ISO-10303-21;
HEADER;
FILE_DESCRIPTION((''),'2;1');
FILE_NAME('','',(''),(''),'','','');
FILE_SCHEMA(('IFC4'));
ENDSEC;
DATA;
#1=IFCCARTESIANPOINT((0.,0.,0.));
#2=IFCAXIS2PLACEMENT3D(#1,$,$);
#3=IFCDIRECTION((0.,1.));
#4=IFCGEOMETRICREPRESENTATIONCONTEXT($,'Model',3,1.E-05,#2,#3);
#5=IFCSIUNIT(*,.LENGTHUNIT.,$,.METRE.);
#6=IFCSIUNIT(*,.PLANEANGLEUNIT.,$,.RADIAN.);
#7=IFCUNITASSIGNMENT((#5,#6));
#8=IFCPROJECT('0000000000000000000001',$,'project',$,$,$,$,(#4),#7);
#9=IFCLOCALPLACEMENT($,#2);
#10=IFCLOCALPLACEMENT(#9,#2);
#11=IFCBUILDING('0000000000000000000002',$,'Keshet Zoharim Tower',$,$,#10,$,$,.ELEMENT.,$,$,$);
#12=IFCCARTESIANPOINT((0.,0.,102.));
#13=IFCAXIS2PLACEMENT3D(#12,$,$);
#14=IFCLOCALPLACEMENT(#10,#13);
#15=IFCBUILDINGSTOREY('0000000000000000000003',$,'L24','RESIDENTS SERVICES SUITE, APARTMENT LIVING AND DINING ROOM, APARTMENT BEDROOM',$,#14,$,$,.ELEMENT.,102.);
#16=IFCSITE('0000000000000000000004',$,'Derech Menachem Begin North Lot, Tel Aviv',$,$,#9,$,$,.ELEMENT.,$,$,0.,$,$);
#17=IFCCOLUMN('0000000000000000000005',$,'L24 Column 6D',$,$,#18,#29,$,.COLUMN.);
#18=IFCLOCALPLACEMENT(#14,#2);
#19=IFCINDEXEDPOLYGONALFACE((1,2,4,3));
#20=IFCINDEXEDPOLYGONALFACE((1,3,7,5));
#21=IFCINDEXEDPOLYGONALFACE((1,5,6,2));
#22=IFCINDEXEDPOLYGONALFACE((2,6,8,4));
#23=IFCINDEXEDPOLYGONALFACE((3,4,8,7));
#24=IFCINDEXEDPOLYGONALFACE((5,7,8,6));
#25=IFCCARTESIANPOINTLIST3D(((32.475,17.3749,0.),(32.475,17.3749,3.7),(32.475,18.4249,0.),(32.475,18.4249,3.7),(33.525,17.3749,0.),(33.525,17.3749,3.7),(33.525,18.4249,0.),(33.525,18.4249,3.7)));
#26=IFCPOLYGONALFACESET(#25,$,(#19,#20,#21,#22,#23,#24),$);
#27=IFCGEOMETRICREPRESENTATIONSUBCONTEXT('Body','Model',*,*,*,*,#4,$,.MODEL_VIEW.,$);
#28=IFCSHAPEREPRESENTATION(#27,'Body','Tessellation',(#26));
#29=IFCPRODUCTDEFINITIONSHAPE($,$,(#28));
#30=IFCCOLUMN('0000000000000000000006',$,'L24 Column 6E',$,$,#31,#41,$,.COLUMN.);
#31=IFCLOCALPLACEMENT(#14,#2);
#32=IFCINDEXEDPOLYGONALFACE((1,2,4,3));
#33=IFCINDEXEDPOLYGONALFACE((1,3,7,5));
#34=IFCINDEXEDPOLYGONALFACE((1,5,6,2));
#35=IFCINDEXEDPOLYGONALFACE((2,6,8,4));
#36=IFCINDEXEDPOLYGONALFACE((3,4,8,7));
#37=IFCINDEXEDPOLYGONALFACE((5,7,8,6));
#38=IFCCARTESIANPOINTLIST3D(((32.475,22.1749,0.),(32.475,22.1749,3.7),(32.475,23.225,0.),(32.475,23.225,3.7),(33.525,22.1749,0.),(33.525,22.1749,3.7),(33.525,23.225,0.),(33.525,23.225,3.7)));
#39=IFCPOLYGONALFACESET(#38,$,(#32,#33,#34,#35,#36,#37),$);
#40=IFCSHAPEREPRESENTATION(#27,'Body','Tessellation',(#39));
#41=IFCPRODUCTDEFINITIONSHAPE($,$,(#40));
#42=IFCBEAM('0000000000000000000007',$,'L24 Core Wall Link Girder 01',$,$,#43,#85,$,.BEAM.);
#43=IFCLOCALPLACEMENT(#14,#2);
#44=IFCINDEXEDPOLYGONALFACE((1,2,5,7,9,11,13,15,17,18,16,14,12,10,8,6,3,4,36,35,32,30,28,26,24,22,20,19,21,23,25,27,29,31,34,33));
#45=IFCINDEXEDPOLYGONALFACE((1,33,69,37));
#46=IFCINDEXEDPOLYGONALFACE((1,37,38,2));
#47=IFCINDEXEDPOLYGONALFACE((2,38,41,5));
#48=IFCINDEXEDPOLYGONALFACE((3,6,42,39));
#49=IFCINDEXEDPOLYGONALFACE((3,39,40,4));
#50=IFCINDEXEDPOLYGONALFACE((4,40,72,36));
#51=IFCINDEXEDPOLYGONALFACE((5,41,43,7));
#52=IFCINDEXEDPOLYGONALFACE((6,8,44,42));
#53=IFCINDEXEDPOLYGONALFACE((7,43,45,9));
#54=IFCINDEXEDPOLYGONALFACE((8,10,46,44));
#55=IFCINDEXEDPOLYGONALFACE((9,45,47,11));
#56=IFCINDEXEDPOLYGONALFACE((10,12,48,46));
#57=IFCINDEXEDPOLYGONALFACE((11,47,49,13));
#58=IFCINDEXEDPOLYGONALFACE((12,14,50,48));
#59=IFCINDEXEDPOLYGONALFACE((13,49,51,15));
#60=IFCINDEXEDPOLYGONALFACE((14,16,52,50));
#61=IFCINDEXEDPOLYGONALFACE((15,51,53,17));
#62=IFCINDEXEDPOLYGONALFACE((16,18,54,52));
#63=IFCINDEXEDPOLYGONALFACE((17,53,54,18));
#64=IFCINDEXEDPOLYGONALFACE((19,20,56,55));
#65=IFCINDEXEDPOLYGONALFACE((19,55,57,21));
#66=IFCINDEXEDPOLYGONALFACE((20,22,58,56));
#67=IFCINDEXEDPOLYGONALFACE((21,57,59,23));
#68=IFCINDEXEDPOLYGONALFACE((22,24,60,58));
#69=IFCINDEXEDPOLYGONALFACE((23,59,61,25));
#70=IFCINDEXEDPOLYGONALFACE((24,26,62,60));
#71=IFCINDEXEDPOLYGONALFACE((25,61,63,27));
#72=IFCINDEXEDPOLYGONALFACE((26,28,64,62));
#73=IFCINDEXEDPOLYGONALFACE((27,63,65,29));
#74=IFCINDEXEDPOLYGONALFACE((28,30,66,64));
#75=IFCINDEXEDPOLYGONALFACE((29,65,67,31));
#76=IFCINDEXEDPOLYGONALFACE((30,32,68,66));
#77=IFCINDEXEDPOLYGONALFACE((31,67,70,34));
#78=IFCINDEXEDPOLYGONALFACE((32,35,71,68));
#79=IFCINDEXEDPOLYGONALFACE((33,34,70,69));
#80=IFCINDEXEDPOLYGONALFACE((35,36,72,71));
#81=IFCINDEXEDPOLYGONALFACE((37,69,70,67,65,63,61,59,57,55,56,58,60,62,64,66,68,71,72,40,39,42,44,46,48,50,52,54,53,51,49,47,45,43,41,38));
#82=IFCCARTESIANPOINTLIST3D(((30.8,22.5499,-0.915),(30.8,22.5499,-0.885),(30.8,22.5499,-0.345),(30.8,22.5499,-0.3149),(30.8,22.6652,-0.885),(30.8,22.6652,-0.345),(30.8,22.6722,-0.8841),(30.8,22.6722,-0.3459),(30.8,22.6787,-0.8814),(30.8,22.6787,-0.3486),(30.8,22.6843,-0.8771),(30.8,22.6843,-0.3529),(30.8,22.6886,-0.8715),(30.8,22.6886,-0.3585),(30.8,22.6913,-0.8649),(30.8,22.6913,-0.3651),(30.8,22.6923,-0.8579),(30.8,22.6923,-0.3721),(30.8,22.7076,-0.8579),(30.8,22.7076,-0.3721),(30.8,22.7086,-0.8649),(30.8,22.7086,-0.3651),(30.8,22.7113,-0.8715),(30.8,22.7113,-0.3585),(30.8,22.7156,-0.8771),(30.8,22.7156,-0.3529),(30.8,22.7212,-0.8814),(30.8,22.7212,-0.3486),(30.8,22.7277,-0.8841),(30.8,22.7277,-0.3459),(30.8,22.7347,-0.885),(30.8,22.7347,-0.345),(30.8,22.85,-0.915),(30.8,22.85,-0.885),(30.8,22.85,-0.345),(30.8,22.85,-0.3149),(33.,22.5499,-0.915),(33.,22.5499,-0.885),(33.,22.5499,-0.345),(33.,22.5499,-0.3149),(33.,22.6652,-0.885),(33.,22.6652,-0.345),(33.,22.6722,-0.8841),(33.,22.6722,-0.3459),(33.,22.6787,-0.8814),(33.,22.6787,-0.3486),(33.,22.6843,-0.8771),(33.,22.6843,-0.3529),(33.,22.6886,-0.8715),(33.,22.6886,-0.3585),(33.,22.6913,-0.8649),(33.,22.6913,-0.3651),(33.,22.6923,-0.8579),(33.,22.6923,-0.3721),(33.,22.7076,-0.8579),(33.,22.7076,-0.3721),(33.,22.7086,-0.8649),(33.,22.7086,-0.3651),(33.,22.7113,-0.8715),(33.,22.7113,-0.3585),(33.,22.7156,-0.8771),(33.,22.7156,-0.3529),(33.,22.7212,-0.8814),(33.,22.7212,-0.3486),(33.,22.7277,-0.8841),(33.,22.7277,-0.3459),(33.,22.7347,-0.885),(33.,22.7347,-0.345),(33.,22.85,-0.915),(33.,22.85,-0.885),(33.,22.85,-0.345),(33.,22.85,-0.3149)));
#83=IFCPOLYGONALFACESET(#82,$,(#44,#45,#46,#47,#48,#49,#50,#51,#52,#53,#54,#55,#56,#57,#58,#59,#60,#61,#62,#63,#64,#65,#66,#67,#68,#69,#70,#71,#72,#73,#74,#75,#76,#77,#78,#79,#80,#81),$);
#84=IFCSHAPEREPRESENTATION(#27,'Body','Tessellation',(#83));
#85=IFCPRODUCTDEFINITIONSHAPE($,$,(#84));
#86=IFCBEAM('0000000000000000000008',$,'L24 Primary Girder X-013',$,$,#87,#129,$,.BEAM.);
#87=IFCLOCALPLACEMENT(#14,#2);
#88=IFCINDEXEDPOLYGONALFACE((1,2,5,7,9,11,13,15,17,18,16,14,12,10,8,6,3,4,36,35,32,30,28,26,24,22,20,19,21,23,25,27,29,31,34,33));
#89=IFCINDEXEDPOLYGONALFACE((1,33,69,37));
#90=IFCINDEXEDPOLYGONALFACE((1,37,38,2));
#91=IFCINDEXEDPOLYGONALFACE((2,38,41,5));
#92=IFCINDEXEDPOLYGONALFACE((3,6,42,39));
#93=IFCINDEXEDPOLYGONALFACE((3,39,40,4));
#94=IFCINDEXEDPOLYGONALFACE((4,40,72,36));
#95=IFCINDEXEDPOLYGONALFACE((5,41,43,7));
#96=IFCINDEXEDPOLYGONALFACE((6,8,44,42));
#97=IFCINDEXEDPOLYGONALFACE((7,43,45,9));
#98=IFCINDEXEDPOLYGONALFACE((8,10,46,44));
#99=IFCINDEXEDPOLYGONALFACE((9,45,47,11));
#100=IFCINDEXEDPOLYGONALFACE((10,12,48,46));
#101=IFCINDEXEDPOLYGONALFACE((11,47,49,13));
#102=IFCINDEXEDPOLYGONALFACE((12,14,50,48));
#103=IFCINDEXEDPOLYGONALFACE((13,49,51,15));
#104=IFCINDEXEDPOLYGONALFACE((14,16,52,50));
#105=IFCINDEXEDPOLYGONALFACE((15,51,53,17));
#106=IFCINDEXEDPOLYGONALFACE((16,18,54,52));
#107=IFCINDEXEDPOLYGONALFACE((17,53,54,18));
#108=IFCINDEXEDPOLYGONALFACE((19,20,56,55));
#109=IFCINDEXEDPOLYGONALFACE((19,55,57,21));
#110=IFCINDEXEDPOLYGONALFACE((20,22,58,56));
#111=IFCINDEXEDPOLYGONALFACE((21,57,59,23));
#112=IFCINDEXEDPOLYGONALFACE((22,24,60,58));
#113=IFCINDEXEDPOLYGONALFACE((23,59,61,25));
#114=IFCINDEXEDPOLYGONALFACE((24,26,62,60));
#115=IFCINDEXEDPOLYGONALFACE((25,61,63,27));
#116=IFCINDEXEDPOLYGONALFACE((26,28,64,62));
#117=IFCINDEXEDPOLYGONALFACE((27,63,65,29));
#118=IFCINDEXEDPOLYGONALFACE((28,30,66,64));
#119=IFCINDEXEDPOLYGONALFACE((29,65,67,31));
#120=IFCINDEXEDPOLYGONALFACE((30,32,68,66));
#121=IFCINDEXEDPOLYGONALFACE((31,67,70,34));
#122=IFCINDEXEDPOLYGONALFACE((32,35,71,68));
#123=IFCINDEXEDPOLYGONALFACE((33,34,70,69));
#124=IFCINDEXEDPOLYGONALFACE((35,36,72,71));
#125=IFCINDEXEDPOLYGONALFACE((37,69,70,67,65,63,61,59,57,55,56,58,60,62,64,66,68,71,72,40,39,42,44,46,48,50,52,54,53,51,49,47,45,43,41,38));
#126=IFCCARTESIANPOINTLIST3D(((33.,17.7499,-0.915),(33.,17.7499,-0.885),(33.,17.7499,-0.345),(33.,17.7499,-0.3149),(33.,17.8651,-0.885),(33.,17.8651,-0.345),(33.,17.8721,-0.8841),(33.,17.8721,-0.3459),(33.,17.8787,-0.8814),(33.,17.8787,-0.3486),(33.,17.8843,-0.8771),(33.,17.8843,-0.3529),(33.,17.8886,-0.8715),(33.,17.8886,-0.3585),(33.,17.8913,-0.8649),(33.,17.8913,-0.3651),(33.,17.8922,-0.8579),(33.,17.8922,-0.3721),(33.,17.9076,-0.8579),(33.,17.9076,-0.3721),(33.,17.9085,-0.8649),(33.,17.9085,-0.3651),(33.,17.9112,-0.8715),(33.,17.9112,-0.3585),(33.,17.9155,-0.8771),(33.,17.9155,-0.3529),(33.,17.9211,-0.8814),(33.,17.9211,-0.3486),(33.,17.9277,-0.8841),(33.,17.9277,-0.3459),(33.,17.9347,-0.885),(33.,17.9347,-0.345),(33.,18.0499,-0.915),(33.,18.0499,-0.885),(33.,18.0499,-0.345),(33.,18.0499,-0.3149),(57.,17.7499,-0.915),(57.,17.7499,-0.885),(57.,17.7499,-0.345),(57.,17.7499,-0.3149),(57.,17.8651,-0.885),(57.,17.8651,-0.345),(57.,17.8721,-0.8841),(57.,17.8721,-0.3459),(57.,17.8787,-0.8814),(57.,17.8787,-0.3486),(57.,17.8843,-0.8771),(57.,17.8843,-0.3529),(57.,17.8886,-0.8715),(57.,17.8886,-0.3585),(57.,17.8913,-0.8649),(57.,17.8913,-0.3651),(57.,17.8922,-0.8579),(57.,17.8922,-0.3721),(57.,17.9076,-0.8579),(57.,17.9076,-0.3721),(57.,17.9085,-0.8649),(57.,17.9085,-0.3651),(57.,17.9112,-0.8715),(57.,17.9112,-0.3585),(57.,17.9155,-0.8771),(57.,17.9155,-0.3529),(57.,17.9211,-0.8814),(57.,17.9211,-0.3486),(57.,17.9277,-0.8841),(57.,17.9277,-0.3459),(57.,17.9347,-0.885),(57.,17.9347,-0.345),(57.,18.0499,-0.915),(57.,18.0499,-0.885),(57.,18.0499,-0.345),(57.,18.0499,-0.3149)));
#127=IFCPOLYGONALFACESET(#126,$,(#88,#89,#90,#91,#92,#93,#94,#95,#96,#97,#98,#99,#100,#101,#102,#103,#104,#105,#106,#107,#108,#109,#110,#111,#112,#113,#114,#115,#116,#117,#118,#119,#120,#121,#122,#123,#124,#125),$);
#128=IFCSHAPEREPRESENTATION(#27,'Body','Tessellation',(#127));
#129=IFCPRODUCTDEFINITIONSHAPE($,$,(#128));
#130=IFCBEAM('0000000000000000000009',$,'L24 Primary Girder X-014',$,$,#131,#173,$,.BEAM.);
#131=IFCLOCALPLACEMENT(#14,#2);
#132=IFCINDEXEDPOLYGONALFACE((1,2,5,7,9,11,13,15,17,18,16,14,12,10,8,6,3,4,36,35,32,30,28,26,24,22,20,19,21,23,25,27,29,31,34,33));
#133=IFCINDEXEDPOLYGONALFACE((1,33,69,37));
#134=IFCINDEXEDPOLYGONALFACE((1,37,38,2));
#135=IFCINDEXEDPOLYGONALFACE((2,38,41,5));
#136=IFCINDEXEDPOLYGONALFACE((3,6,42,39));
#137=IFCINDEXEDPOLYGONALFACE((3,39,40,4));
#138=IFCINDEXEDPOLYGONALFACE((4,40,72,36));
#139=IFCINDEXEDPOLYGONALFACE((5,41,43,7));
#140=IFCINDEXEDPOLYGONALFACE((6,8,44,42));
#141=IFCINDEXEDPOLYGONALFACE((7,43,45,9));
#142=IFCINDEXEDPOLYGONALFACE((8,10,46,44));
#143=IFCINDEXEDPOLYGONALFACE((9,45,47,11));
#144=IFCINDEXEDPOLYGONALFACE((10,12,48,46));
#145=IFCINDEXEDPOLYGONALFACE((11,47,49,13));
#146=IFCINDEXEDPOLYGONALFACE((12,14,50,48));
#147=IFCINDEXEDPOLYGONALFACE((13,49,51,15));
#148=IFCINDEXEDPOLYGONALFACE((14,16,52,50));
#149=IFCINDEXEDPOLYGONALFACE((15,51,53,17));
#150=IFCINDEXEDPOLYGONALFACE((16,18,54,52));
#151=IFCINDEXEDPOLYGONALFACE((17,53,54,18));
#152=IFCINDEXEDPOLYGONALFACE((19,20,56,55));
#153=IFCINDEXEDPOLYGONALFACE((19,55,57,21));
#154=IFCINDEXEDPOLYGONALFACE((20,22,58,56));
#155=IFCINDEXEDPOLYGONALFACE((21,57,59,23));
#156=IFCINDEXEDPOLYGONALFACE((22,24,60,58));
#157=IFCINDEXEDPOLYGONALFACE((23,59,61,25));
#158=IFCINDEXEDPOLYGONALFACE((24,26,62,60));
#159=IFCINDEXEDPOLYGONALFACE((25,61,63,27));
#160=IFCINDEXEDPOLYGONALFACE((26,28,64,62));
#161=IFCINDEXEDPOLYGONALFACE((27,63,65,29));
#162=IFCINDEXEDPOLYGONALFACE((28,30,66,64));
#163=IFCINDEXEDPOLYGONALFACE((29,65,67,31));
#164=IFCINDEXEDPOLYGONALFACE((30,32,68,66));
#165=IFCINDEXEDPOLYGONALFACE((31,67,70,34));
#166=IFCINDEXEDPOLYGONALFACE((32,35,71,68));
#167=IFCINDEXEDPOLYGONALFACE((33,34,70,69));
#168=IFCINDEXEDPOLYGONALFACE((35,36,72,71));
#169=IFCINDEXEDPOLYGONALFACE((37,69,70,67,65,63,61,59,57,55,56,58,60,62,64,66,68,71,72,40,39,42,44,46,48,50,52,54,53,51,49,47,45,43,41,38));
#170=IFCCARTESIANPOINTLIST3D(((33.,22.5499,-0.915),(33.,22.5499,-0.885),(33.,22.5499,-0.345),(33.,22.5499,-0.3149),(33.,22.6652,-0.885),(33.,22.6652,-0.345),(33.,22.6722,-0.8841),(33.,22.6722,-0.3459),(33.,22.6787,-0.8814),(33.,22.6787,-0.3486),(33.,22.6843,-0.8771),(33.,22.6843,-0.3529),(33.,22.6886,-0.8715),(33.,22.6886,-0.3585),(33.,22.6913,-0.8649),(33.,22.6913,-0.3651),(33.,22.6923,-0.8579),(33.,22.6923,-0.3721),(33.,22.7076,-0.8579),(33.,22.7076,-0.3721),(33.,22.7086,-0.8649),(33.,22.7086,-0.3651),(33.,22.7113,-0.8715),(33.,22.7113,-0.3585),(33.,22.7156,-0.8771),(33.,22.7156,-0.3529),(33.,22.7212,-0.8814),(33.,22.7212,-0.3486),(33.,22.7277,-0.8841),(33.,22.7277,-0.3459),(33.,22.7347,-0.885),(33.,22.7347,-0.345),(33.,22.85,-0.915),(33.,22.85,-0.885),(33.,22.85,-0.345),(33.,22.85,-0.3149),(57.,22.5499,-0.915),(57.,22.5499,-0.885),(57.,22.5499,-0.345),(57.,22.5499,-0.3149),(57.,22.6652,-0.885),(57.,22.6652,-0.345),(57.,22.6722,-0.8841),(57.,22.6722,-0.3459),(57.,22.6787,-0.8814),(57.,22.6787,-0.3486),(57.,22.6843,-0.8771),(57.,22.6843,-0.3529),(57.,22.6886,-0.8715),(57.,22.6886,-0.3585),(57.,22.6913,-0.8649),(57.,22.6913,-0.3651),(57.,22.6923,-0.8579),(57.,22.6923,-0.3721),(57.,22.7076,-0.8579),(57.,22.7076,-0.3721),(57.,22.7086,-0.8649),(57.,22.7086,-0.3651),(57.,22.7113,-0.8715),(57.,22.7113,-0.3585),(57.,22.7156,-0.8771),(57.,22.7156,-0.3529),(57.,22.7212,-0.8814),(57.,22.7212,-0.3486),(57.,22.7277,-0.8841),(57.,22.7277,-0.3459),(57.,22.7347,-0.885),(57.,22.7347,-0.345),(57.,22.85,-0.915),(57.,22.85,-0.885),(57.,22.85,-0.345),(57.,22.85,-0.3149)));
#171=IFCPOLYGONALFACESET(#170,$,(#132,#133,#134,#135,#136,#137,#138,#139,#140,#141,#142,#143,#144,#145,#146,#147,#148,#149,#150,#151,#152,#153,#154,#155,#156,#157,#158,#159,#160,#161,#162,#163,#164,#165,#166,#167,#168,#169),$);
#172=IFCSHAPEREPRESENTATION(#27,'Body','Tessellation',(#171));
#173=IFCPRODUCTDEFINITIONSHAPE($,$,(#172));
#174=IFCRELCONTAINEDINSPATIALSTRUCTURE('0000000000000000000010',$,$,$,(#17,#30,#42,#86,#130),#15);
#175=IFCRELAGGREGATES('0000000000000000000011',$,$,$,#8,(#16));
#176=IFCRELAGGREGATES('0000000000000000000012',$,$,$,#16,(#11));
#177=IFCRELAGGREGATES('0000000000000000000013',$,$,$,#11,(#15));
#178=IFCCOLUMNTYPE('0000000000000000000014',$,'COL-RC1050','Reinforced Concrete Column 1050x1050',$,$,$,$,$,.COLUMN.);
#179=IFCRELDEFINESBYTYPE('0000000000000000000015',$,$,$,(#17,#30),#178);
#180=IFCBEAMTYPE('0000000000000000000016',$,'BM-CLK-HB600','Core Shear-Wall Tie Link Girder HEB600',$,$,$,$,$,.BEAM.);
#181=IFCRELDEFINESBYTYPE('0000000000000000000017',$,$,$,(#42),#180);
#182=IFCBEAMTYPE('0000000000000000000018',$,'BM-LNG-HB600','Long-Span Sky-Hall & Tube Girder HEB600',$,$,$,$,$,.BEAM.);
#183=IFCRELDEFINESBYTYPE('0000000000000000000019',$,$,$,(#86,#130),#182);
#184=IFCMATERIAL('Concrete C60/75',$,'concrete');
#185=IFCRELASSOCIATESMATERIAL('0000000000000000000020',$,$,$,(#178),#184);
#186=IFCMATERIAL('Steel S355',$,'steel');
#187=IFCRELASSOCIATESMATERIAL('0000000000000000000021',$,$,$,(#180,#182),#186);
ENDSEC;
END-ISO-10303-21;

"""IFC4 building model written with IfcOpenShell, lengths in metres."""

from ifc_helpers import new_model, si_unit, direction, frame, origin, origin_2d, place, context, subcontext, project, spatial, rectangle, i_section, extrude, material, material_profile, profile_set, type_object, element, save


model = new_model("IFC4")

# Units and contexts
model_context = context("Model", 3, precision=1e-05, world=origin(), true_north=direction((0.0, 1.0)))
body_context = subcontext(model_context, "Body", "Model", "MODEL_VIEW")
ifc_project = project(units=[si_unit("LENGTHUNIT", "METRE"), si_unit("PLANEANGLEUNIT", "RADIAN")], contexts=[model_context])

# Site, building, storey
site_placement = place(None, origin())
site = spatial("IfcSite", under=ifc_project, at=site_placement, Name="Derech Menachem Begin North Lot, Tel Aviv", CompositionType="ELEMENT", RefElevation=0.0)
building_placement = place(site_placement, origin())
building = spatial("IfcBuilding", under=site, at=building_placement, Name="Keshet Zoharim Tower", CompositionType="ELEMENT")
storey_placement = place(building_placement, frame((0.0, 0.0, 102.0)))
storey = spatial("IfcBuildingStorey", under=building, at=storey_placement, Name="L24", Description="RESIDENTS SERVICES SUITE, APARTMENT LIVING AND DINING ROOM, APARTMENT BEDROOM", CompositionType="ELEMENT", Elevation=102.0)

# Columns
ifc_material_1 = material(Name="Concrete C60/75", Category="concrete")
ifc_material_profile_1 = material_profile(ifc_material_1, rectangle(XDim=1.05, YDim=1.05, at=origin_2d()), Name="RC1050x1050")
ifc_profile_set_1 = profile_set([ifc_material_profile_1], Name="Concrete C60/75")
column_type = type_object("IfcColumnType", Name="COL-RC1050", Description="Reinforced Concrete Column 1050x1050", PredefinedType="COLUMN", material=ifc_profile_set_1)
for number, where, z_axis, x_axis, name in (
    (1, (33.0, 17.8999, 0.0), (0.0, 0.0, 1.0), (1.0, 0.0, 0.0), "L24 Column 6D"),
    (2, (33.0, 22.7, 0.0), (0.0, 0.0, 1.0), (1.0, 0.0, 0.0), "L24 Column 6E"),
):
    element("IfcColumn", number, at=place(storey_placement, frame(where, z_axis=z_axis, x_axis=x_axis)), inside=storey, type_object=column_type, Name=name, PredefinedType="COLUMN", context=body_context, shape_type="SweptSolid", body=[
        extrude(rectangle(XDim=1.05, YDim=1.05, at=origin_2d()), origin(), (0.0, 0.0, 1.0), 3.7),
    ])

# Beams
ifc_material_2 = material(Name="Steel S355", Category="steel")
ifc_material_profile_2 = material_profile(ifc_material_2, i_section(OverallWidth=0.3, OverallDepth=0.6001, WebThickness=0.0154, FlangeThickness=0.03, FilletRadius=0.0271, at=origin_2d()), Name="HEB600")
ifc_profile_set_2 = profile_set([ifc_material_profile_2], Name="Steel S355")
beam_type_1 = type_object("IfcBeamType", Name="BM-CLK-HB600", Description="Core Shear-Wall Tie Link Girder HEB600", PredefinedType="BEAM", material=ifc_profile_set_2)
beam_1_placement = place(storey_placement, frame((30.8, 22.7, -0.615), z_axis=(1.0, 0.0, 0.0), x_axis=(0.0, 1.0, 0.0)))
element("IfcBeam", 3, at=beam_1_placement, inside=storey, type_object=beam_type_1, Name="L24 Core Wall Link Girder 01", PredefinedType="BEAM", context=body_context, shape_type="SweptSolid", body=[
    extrude(i_section(OverallWidth=0.3, OverallDepth=0.6001, WebThickness=0.0154, FlangeThickness=0.03, FilletRadius=0.0271, at=origin_2d()), origin(), (0.0, 0.0, 1.0), 2.2),
])
ifc_material_profile_3 = material_profile(ifc_material_2, i_section(OverallWidth=0.3, OverallDepth=0.6001, WebThickness=0.0154, FlangeThickness=0.03, FilletRadius=0.0271, at=origin_2d()), Name="HEB600")
ifc_profile_set_3 = profile_set([ifc_material_profile_3], Name="Steel S355")
beam_type_2 = type_object("IfcBeamType", Name="BM-LNG-HB600", Description="Long-Span Sky-Hall & Tube Girder HEB600", PredefinedType="BEAM", material=ifc_profile_set_3)
for number, where, z_axis, x_axis, name in (
    (4, (33.0, 17.8999, -0.615), (1.0, 0.0, 0.0), (0.0, 1.0, 0.0), "L24 Primary Girder X-013"),
    (5, (33.0, 22.7, -0.615), (1.0, 0.0, 0.0), (0.0, 1.0, 0.0), "L24 Primary Girder X-014"),
):
    element("IfcBeam", number, at=place(storey_placement, frame(where, z_axis=z_axis, x_axis=x_axis)), inside=storey, type_object=beam_type_2, Name=name, PredefinedType="BEAM", context=body_context, shape_type="SweptSolid", body=[
        extrude(i_section(OverallWidth=0.3, OverallDepth=0.6001, WebThickness=0.0154, FlangeThickness=0.03, FilletRadius=0.0271, at=origin_2d()), origin(), (0.0, 0.0, 1.0), 24.0),
    ])

save(model, "model.ifc")
